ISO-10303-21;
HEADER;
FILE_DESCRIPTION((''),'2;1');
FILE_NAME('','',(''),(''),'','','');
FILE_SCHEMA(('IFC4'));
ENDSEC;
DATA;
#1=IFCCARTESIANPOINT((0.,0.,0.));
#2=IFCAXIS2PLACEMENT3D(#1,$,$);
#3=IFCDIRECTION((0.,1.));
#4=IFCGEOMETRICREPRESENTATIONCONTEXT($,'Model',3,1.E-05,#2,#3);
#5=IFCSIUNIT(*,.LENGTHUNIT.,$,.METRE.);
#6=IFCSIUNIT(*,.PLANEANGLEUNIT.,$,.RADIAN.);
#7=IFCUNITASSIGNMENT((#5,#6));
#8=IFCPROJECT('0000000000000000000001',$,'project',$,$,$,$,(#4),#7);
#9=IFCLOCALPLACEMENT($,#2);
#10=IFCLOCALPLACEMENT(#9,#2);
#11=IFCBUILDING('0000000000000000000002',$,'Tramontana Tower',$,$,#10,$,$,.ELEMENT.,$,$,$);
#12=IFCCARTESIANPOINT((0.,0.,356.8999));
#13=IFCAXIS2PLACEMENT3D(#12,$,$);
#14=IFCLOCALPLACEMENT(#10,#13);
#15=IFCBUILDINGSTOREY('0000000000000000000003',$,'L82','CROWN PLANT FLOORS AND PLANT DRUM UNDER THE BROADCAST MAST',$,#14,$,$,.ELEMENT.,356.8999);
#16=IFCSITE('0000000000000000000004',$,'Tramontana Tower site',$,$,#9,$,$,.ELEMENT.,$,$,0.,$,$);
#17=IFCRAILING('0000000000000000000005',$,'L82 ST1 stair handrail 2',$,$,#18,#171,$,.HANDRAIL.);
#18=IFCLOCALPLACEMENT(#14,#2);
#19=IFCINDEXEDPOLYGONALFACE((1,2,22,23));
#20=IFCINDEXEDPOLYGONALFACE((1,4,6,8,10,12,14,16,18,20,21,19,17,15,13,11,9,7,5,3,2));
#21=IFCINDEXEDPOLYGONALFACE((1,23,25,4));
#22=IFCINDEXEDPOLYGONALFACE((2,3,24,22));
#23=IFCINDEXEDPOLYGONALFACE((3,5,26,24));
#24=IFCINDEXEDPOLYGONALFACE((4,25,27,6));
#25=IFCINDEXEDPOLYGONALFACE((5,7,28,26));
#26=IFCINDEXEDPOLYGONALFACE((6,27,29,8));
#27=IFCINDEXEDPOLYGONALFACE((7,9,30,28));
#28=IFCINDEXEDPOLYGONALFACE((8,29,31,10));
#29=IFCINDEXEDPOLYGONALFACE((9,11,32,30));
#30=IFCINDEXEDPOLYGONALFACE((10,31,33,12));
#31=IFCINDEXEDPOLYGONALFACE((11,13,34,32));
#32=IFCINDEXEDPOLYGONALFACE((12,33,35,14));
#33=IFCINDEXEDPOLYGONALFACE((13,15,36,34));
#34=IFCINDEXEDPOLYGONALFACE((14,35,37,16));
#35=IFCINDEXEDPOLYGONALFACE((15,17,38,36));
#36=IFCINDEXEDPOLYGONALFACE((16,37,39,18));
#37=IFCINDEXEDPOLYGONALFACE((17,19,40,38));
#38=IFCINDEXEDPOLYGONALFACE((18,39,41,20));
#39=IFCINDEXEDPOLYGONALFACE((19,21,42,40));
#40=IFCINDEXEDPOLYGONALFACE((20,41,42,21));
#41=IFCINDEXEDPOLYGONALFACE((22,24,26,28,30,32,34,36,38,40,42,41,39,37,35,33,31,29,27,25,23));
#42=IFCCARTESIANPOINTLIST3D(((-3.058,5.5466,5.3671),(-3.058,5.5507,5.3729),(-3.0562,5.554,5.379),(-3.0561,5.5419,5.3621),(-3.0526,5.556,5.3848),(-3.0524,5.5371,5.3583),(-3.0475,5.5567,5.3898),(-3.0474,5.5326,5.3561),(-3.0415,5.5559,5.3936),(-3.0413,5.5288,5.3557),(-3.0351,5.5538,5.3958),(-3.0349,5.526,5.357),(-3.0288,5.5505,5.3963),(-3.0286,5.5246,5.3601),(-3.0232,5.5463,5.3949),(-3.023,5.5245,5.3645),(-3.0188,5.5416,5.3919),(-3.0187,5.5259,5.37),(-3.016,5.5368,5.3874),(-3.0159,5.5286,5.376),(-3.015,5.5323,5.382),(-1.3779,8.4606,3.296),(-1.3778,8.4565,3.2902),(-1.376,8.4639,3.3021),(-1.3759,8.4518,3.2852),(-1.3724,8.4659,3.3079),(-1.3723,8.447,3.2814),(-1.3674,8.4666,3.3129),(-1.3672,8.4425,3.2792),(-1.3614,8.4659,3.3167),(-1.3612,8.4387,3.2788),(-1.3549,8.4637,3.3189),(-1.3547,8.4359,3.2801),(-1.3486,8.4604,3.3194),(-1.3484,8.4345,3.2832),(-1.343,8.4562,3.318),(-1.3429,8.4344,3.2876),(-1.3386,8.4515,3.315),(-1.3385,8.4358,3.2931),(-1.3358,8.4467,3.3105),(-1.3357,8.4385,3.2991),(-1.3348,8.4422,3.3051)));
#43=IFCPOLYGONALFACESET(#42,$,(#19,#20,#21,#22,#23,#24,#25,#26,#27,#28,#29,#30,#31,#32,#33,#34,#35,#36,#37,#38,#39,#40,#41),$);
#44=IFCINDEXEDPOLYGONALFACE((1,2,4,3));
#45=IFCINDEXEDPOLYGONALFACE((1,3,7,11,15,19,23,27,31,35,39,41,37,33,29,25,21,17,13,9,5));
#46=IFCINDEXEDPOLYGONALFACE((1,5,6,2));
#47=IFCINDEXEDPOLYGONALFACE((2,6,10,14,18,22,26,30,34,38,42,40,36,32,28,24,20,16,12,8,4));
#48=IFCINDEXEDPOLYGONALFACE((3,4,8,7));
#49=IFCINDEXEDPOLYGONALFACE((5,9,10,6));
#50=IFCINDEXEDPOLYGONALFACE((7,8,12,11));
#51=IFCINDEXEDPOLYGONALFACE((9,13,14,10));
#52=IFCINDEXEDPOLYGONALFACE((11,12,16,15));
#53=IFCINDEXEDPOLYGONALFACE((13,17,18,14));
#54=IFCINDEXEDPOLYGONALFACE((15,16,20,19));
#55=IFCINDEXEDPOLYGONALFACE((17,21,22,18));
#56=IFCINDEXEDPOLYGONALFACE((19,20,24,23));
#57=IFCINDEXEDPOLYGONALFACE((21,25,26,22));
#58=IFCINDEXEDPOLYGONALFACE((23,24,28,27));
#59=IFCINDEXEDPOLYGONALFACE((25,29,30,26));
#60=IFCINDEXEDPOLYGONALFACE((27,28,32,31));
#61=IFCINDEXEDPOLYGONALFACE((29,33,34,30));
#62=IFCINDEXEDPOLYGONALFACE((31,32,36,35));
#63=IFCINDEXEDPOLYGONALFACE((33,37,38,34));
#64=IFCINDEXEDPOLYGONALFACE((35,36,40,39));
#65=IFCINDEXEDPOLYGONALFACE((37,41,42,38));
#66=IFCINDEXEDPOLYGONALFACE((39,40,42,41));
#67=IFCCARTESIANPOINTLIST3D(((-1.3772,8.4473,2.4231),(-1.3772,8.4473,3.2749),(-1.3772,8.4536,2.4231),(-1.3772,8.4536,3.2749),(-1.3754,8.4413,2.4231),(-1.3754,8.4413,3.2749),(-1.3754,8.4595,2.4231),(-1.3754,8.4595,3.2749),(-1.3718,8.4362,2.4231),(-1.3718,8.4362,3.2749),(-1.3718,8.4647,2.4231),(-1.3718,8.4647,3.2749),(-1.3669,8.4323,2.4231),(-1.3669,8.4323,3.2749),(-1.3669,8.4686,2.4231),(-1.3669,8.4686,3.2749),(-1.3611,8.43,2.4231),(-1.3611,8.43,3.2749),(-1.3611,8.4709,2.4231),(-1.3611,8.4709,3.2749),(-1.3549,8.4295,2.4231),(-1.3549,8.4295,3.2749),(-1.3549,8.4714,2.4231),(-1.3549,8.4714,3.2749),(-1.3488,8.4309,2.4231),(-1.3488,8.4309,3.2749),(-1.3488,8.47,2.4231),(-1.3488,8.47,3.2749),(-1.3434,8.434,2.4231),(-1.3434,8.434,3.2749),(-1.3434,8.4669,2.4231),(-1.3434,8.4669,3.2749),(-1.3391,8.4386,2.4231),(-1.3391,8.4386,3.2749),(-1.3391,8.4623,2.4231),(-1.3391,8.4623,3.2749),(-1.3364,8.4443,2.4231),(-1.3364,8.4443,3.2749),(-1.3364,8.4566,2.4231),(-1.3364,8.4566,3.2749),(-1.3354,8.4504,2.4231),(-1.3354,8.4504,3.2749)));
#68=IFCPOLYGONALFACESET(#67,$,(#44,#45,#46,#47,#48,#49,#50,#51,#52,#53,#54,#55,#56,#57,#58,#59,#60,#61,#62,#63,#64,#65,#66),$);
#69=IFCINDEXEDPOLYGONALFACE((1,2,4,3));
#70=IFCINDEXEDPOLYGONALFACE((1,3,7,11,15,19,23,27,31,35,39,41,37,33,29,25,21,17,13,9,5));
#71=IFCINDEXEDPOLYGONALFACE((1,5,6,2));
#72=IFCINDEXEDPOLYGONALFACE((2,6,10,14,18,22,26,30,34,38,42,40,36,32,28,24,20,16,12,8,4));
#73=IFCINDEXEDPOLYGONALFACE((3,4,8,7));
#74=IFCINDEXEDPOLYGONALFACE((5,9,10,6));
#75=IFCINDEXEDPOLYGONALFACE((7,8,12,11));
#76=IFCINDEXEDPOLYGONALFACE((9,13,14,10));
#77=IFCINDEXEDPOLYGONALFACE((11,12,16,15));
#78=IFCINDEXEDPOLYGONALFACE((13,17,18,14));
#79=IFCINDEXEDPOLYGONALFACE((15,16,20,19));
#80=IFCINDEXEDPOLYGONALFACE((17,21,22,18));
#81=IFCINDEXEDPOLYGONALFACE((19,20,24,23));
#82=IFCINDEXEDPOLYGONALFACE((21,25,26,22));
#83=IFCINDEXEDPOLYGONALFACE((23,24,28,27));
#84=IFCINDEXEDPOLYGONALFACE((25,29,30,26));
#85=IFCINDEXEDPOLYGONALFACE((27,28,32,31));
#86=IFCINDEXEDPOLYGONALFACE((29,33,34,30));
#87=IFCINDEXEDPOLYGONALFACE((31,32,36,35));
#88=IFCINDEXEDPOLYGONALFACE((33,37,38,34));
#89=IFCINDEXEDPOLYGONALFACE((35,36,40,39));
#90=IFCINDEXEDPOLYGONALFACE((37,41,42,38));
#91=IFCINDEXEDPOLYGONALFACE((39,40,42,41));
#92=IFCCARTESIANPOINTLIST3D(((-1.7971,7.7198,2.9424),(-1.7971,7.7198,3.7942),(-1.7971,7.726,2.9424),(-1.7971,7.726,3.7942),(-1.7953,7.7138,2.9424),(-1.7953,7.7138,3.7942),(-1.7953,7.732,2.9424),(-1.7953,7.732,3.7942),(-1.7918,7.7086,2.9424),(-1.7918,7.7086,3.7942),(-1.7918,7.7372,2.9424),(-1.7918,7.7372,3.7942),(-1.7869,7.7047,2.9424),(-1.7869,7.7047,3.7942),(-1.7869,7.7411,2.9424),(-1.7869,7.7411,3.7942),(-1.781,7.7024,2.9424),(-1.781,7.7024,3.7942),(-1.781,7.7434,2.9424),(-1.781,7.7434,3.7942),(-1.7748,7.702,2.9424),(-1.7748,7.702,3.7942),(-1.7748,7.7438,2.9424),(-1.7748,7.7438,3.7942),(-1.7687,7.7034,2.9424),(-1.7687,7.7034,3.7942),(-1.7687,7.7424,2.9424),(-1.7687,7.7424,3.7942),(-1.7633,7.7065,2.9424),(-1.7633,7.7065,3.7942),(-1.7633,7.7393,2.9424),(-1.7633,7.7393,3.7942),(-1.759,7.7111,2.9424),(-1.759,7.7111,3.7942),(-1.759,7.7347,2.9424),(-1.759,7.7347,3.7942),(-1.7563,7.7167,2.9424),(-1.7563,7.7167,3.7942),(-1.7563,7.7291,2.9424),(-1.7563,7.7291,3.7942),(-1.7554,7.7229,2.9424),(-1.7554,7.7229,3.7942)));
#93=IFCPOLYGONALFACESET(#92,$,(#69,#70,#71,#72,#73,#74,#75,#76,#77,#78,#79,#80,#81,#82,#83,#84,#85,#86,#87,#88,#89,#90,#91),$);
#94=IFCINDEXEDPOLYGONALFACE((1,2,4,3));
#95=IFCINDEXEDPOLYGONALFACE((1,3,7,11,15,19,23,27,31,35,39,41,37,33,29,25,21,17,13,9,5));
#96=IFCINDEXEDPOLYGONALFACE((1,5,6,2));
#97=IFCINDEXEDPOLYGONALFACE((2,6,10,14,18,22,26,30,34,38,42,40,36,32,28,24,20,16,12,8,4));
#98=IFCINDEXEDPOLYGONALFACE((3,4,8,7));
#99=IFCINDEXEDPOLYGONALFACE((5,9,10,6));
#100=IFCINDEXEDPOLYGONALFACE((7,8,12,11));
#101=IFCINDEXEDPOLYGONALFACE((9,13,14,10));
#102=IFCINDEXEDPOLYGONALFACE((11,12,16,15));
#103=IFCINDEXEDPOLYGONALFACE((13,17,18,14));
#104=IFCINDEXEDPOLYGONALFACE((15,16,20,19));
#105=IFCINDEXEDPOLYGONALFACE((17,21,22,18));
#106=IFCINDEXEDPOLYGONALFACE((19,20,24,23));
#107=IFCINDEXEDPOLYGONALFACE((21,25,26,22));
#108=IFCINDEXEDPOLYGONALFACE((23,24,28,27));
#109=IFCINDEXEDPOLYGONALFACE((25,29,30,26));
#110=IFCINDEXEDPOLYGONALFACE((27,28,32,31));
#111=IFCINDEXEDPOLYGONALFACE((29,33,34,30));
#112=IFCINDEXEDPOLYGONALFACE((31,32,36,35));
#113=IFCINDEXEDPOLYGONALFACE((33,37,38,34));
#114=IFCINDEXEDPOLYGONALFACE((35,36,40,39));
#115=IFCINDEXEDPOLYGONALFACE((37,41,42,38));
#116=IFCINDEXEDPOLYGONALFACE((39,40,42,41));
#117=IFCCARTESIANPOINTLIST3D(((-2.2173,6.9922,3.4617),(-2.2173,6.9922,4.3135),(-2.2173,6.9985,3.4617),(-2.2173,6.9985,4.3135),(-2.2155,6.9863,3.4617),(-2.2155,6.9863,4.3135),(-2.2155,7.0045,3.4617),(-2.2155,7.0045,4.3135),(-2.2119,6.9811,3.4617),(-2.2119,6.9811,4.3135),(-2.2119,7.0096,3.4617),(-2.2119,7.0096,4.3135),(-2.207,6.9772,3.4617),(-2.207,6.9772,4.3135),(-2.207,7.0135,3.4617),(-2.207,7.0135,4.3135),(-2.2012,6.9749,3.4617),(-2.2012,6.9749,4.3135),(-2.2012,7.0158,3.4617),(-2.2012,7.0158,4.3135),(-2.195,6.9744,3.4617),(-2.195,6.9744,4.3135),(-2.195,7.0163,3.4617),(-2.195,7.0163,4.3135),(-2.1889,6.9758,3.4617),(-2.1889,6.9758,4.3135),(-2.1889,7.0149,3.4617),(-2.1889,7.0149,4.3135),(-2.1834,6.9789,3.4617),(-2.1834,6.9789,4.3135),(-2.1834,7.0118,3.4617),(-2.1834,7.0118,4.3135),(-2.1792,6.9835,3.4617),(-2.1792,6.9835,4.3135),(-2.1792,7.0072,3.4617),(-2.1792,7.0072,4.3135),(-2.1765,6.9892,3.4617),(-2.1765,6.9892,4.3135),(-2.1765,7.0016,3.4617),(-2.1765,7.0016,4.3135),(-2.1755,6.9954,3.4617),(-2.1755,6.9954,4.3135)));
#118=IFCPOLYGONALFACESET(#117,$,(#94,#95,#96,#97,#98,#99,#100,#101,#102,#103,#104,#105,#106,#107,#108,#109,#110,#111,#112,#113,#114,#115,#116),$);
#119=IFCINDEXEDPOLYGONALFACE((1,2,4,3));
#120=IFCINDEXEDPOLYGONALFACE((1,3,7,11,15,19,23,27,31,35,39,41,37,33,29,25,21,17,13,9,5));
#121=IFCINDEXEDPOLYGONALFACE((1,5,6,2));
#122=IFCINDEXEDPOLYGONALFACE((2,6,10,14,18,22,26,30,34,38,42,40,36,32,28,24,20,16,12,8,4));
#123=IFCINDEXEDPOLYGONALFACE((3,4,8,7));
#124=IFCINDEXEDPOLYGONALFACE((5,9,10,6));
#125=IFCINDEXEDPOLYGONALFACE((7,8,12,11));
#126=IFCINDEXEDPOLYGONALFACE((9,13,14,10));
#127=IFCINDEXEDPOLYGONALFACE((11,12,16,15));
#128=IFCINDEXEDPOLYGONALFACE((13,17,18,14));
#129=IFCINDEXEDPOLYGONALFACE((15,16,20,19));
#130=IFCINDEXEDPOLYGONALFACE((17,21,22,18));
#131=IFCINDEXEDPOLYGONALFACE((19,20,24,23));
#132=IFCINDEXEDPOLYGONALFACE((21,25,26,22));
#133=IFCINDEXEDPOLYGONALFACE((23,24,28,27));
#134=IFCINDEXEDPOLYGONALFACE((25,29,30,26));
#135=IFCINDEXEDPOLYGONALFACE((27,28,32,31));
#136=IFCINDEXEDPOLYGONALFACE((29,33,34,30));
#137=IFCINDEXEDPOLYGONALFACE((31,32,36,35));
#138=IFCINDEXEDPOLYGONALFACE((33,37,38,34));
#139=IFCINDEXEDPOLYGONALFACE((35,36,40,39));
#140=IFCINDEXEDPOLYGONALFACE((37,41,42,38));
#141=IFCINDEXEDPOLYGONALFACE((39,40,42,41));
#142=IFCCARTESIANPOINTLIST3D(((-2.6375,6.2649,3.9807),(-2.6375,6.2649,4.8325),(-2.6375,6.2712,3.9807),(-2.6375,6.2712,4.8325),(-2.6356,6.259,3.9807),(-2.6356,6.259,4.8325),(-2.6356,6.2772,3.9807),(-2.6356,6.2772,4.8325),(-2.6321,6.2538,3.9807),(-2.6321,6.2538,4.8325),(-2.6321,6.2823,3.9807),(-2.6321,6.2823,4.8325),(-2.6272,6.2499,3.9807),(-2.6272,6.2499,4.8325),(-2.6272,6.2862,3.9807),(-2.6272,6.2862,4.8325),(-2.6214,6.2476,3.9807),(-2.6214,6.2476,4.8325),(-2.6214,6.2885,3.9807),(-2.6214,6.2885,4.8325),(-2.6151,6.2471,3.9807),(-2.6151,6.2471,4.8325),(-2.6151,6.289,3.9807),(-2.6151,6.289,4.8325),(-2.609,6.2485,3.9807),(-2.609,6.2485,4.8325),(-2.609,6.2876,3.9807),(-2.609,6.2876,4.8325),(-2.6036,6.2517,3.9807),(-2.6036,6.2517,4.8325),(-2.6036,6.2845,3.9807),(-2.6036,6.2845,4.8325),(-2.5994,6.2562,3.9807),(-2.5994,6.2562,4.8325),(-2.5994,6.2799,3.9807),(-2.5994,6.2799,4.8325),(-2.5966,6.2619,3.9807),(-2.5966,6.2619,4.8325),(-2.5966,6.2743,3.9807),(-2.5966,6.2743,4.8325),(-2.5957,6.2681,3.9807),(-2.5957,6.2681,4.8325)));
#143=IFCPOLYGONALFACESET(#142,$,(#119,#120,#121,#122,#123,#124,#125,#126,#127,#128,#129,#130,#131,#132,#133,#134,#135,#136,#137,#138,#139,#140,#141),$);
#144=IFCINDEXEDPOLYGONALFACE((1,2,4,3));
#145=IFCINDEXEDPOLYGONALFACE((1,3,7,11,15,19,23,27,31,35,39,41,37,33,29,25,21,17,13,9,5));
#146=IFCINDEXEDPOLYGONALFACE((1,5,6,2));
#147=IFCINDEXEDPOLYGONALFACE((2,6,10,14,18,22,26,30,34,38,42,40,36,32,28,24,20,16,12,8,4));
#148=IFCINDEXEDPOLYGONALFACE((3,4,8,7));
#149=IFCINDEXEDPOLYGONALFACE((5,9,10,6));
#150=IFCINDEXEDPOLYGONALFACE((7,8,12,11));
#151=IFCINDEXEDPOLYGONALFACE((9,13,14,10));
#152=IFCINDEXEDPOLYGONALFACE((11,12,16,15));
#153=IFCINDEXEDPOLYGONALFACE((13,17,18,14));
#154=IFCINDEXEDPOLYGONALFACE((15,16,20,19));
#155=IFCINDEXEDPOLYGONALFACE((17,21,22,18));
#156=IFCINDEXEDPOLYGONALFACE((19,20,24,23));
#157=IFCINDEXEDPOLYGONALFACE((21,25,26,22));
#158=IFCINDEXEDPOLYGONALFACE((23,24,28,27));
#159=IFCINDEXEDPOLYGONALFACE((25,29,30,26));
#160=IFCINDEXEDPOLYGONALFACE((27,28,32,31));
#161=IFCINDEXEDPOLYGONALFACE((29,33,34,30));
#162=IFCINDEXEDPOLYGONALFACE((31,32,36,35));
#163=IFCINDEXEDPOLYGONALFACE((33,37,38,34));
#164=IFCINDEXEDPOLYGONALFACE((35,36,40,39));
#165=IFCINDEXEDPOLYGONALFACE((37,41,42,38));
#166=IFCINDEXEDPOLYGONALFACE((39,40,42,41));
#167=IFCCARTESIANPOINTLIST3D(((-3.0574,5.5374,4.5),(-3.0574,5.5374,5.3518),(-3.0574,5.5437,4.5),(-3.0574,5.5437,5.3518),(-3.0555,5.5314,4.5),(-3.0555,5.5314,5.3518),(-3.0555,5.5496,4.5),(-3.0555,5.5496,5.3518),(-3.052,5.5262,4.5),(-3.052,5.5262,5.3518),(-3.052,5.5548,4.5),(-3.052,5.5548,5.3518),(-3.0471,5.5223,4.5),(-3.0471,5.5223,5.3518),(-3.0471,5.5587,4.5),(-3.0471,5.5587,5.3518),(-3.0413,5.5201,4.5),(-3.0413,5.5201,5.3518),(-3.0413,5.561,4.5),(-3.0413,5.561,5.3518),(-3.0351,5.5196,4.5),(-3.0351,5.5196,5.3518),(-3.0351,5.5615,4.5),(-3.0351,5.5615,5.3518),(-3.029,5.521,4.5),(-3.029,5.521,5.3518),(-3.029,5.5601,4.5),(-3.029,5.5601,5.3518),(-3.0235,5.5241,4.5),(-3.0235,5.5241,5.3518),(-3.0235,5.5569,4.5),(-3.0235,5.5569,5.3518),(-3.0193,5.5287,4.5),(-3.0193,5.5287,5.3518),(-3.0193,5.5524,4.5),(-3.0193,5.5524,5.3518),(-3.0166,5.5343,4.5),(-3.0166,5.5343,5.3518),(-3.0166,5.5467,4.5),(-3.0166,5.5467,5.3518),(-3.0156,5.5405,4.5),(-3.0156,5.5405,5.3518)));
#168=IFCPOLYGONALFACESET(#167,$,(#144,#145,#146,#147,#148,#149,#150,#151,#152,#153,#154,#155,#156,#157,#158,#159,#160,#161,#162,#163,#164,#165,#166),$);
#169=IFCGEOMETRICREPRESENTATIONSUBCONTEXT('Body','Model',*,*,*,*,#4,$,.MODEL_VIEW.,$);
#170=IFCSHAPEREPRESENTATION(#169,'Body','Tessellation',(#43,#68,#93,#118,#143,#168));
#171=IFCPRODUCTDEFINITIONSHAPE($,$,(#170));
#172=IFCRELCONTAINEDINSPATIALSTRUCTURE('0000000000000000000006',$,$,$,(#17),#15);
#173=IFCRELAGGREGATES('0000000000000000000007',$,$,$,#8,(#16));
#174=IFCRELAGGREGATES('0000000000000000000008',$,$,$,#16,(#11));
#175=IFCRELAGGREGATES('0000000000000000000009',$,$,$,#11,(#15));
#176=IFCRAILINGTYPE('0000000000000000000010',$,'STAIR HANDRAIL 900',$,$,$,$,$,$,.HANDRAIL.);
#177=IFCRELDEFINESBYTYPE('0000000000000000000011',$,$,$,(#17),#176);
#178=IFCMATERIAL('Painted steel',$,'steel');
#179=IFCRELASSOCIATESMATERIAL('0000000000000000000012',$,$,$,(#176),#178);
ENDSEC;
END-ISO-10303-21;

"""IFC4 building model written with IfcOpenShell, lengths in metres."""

from ifc_helpers import new_model, si_unit, direction, frame, origin, origin_2d, place, context, subcontext, project, spatial, circle, extrude, material, type_object, element, save


model = new_model("IFC4")

# Units and contexts
model_context = context("Model", 3, precision=1e-05, world=origin(), true_north=direction((0.0, 1.0)))
body_context = subcontext(model_context, "Body", "Model", "MODEL_VIEW")
ifc_project = project(units=[si_unit("LENGTHUNIT", "METRE"), si_unit("PLANEANGLEUNIT", "RADIAN")], contexts=[model_context])

# Site, building, storey
site_placement = place(None, origin())
site = spatial("IfcSite", under=ifc_project, at=site_placement, Name="Tramontana Tower site", CompositionType="ELEMENT", RefElevation=0.0)
building_placement = place(site_placement, origin())
building = spatial("IfcBuilding", under=site, at=building_placement, Name="Tramontana Tower", CompositionType="ELEMENT")
storey_placement = place(building_placement, frame((0.0, 0.0, 356.8999)))
storey = spatial("IfcBuildingStorey", under=building, at=storey_placement, Name="L82", Description="CROWN PLANT FLOORS AND PLANT DRUM UNDER THE BROADCAST MAST", CompositionType="ELEMENT", Elevation=356.8999)

# Railing
ifc_material_1 = material(Name="Painted steel", Category="steel")
railing_type_1 = type_object("IfcRailingType", Name="STAIR HANDRAIL 900", PredefinedType="HANDRAIL", material=ifc_material_1)
railing_1_placement = place(storey_placement, frame((-1.3564, 8.4504, 2.4231)))
element("IfcRailing", 1, at=railing_1_placement, inside=storey, type_object=railing_type_1, Name="L82 ST1 stair handrail 2", PredefinedType="HANDRAIL", context=body_context, shape_type="SweptSolid", body=[
    extrude(circle(Radius=0.0239, at=origin_2d()), frame((0.0, 0.0, 0.876), z_axis=(-0.425339, -0.736649, 0.525771), x_axis=(0.866008, -0.500031, 0.0)), (0.0, 0.0, 1.0), 3.9502),
    extrude(circle(Radius=0.021, at=origin_2d()), origin(), (0.0, 0.0, 1.0), 0.8518),
    extrude(circle(Radius=0.021, at=origin_2d()), frame((-0.4199, -0.7275, 0.5193)), (0.0, 0.0, 1.0), 0.8518),
    extrude(circle(Radius=0.021, at=origin_2d()), frame((-0.8401, -1.4551, 1.0386)), (0.0, 0.0, 1.0), 0.8518),
    extrude(circle(Radius=0.021, at=origin_2d()), frame((-1.2603, -2.1824, 1.5576)), (0.0, 0.0, 1.0), 0.8518),
    extrude(circle(Radius=0.021, at=origin_2d()), frame((-1.6802, -2.9099, 2.0769)), (0.0, 0.0, 1.0), 0.8518),
])

save(model, "model.ifc")
